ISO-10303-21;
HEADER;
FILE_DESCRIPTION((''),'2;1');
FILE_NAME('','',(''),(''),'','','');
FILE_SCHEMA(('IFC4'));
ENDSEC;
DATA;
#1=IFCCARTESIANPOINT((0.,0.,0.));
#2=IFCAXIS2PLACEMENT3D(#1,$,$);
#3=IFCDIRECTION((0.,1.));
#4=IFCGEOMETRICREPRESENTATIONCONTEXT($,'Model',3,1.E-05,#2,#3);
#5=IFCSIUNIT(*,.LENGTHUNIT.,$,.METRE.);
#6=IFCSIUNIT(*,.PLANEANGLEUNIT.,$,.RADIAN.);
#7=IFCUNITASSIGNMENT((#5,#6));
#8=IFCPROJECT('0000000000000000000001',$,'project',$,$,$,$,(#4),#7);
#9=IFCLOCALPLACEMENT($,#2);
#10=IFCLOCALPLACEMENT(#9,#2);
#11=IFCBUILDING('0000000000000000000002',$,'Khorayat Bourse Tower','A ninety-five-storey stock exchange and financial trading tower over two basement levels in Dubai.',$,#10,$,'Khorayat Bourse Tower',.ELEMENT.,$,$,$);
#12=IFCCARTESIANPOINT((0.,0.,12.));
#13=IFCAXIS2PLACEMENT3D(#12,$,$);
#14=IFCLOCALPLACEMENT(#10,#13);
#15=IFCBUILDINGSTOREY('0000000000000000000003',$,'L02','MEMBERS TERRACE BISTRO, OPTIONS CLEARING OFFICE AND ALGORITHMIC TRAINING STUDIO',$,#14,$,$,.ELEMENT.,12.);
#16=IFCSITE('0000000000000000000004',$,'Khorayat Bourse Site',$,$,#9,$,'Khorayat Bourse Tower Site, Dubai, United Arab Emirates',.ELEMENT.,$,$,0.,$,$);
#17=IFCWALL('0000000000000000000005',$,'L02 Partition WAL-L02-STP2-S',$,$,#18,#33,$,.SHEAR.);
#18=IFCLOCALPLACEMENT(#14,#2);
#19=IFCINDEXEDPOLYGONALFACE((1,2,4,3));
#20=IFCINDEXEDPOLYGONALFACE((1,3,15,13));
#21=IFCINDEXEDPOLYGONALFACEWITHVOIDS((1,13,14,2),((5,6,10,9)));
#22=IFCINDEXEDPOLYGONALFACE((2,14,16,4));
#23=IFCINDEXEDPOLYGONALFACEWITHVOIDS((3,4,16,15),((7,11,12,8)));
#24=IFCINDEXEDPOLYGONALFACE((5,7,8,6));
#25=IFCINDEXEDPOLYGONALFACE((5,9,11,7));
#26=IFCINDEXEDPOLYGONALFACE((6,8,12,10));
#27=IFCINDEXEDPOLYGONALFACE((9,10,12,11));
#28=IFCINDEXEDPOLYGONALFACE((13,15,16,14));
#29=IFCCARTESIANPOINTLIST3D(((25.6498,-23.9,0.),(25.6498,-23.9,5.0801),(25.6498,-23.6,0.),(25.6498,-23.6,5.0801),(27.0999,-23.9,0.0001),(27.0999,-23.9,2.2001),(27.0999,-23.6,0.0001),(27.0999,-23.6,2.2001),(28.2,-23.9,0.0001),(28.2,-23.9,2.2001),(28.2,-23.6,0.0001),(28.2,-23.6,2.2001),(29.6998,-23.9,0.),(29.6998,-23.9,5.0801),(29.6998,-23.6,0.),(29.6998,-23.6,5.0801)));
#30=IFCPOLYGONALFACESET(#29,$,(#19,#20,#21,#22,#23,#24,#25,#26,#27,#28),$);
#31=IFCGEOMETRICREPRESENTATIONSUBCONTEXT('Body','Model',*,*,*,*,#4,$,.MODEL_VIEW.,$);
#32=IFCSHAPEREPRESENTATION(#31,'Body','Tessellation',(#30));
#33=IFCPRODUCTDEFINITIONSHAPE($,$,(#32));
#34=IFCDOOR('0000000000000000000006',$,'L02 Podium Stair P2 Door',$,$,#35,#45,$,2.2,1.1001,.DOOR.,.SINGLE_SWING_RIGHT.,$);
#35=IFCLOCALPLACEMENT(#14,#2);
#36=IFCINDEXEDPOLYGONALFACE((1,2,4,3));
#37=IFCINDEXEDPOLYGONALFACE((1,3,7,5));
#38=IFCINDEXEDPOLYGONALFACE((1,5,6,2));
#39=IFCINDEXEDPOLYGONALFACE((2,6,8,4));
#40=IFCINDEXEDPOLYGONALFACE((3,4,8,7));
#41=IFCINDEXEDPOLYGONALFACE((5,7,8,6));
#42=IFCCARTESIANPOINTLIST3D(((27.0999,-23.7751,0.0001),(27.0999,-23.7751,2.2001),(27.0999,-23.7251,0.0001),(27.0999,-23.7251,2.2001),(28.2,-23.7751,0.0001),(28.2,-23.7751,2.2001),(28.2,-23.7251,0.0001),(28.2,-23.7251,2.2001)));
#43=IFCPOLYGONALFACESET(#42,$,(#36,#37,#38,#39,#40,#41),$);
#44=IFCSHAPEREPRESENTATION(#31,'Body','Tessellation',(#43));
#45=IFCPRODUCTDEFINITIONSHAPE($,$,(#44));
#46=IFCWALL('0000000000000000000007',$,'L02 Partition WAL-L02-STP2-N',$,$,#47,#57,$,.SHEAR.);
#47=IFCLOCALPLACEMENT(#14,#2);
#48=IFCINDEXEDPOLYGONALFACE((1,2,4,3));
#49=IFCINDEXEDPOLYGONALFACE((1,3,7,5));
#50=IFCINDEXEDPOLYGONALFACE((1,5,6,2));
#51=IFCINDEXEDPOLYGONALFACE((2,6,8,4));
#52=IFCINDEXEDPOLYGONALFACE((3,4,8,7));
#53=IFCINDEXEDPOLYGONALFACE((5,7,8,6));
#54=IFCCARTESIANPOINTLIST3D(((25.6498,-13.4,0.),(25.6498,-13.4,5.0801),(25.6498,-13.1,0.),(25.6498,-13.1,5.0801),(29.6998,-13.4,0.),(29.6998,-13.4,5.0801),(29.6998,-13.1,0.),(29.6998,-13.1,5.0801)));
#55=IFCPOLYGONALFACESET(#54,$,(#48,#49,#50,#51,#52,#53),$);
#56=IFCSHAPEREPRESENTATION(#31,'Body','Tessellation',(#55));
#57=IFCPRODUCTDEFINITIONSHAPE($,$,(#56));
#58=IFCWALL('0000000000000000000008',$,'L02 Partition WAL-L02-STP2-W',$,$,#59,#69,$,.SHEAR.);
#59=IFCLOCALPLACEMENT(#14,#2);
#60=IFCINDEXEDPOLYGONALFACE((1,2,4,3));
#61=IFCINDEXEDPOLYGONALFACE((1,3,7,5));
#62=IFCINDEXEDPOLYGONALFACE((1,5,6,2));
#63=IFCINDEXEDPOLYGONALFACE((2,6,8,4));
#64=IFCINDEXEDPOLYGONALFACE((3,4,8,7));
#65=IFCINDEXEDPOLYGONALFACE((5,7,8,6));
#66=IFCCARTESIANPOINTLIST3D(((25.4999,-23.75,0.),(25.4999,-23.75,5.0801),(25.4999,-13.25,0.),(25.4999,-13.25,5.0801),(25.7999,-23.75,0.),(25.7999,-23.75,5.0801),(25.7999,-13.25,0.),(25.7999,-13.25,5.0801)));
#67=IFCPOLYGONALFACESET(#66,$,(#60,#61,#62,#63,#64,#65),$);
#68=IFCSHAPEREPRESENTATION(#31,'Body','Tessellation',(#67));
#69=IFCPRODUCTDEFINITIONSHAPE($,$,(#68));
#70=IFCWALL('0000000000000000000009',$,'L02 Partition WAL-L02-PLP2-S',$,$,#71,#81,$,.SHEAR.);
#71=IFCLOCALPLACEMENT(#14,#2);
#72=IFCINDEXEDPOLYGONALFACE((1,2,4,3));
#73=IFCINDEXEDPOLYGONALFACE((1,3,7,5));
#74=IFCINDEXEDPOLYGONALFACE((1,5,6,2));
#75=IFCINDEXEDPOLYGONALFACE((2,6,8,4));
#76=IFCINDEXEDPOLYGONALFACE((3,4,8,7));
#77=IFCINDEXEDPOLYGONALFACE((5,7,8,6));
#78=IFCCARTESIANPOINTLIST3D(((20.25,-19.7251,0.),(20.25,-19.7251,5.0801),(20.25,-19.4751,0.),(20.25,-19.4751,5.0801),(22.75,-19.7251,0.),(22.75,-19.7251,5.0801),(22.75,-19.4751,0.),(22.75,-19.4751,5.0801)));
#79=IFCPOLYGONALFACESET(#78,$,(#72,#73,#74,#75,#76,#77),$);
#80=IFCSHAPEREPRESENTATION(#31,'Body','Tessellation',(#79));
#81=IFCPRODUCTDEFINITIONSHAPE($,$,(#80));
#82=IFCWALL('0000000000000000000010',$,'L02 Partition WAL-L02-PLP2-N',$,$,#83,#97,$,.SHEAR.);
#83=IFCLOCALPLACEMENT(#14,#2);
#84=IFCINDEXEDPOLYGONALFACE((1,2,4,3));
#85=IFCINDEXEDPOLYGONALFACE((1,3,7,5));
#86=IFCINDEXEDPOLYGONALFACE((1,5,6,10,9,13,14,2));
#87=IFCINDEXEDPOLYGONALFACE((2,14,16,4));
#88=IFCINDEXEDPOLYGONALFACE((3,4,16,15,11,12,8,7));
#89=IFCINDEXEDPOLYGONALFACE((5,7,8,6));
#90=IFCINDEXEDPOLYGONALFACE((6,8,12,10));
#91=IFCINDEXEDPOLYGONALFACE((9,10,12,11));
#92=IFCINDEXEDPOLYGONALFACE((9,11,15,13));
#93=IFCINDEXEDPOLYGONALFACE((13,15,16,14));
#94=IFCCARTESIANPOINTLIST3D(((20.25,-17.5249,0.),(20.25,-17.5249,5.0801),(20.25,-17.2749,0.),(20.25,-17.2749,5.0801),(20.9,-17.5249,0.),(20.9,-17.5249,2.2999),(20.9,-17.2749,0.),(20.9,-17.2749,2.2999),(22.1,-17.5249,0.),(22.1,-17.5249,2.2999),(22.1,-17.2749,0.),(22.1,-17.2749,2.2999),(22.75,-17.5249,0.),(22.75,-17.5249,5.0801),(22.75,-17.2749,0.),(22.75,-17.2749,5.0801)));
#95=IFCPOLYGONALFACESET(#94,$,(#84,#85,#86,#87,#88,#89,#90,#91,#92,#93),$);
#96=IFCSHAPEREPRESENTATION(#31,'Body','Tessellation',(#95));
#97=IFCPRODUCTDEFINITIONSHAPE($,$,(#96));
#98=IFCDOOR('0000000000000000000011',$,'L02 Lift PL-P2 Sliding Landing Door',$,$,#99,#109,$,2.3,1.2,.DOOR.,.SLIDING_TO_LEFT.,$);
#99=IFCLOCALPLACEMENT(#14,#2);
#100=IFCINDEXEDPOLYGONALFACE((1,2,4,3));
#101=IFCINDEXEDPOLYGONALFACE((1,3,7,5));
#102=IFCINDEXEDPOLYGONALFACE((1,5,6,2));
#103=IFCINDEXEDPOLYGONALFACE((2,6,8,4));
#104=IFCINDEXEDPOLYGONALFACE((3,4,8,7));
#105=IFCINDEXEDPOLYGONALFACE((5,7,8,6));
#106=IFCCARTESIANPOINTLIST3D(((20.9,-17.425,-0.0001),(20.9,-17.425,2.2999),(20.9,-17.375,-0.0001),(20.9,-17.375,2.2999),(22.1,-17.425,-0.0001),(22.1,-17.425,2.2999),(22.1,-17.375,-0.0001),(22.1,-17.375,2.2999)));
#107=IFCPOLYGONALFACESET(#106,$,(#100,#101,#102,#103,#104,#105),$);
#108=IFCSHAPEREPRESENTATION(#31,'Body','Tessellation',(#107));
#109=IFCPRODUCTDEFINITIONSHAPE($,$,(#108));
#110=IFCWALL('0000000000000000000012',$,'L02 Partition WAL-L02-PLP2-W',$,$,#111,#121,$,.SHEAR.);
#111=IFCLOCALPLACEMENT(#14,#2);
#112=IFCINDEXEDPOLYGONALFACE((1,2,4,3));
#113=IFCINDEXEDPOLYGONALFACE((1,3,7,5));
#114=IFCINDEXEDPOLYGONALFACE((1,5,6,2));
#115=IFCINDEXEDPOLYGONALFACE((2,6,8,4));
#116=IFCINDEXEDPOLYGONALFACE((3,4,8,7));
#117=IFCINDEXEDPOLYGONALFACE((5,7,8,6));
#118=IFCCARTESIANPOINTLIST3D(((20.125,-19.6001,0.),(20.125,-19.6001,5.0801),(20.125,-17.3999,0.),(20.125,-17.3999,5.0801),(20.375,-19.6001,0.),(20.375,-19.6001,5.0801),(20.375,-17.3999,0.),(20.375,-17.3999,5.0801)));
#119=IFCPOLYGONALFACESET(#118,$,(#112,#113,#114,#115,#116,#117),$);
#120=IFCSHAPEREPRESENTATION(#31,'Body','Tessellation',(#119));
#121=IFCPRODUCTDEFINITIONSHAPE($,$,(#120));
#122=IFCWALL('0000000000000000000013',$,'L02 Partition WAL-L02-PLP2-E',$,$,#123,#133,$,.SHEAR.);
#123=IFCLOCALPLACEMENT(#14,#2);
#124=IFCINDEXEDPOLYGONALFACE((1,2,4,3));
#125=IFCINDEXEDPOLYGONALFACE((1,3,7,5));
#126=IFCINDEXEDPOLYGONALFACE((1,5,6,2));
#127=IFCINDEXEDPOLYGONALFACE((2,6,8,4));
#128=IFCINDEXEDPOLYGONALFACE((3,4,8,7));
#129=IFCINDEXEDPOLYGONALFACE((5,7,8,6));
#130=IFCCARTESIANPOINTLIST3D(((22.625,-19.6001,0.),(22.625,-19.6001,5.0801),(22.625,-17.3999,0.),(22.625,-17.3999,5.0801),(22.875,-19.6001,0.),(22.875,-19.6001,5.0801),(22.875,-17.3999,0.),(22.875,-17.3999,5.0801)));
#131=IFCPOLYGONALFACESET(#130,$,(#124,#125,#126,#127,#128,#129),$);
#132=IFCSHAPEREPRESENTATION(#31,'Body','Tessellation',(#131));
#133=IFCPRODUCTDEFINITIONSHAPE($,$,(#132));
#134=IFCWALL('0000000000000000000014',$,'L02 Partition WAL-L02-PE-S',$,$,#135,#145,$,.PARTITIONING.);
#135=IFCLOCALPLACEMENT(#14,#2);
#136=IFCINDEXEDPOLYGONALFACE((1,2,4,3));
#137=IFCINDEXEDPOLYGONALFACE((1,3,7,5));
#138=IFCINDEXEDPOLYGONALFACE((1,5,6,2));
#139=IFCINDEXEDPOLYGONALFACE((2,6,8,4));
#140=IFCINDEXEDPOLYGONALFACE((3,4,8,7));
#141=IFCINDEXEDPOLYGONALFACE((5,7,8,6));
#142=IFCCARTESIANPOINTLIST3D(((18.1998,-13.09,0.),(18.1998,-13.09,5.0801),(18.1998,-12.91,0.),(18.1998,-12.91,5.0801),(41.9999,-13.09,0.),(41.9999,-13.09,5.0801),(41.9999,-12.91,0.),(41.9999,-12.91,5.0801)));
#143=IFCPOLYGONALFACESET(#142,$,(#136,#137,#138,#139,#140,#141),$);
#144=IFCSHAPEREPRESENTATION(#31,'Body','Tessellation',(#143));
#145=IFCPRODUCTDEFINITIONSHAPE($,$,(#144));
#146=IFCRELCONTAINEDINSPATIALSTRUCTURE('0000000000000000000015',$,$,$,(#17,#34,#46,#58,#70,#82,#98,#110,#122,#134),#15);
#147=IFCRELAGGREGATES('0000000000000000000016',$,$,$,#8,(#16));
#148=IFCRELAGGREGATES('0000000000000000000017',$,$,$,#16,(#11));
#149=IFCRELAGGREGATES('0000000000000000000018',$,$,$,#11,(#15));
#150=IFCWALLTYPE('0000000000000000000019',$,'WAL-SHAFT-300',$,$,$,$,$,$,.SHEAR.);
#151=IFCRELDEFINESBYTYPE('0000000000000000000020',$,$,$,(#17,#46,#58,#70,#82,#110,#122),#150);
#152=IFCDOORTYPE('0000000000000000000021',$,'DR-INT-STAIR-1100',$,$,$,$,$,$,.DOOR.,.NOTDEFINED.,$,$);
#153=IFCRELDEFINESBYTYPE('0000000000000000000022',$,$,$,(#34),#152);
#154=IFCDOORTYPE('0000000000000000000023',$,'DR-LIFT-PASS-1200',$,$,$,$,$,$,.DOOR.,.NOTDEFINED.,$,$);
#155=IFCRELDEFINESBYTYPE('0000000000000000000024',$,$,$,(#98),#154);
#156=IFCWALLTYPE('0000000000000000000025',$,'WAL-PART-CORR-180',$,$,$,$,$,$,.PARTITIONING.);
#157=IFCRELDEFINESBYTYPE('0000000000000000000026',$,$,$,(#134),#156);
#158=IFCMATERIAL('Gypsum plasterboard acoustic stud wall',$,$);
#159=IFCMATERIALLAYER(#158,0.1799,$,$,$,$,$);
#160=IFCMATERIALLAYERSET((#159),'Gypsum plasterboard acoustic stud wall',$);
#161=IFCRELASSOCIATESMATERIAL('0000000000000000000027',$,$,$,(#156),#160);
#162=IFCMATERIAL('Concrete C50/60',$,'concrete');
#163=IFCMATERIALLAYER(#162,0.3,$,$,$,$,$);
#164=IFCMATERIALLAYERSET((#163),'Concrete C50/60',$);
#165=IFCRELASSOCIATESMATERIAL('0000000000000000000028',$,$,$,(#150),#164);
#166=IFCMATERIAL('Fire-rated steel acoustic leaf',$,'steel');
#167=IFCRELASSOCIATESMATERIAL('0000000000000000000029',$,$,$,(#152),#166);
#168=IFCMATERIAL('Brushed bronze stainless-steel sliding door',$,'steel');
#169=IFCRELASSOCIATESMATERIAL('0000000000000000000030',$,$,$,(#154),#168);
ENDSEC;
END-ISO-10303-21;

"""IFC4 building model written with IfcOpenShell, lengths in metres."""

from ifc_helpers import new_model, si_unit, direction, frame, frame_2d, origin, place, context, subcontext, project, spatial, rectangle, extrude, source, transform, mapped, material, layer, layer_set, type_object, element, fill, save


model = new_model("IFC4")

# Units and contexts
model_context = context("Model", 3, precision=1e-05, world=origin(), true_north=direction((0.0, 1.0)))
body_context = subcontext(model_context, "Body", "Model", "MODEL_VIEW")
ifc_project = project(units=[si_unit("LENGTHUNIT", "METRE"), si_unit("PLANEANGLEUNIT", "RADIAN")], contexts=[model_context])

# Site, building, storey
site_placement = place(None, origin())
site = spatial("IfcSite", under=ifc_project, at=site_placement, Name="Khorayat Bourse Site", LongName="Khorayat Bourse Tower Site, Dubai, United Arab Emirates", CompositionType="ELEMENT", RefElevation=0.0)
building_placement = place(site_placement, origin())
building = spatial("IfcBuilding", under=site, at=building_placement, Name="Khorayat Bourse Tower", Description="A ninety-five-storey stock exchange and financial trading tower over two basement levels in Dubai.", LongName="Khorayat Bourse Tower", CompositionType="ELEMENT")
storey_placement = place(building_placement, frame((0.0, 0.0, 12.0)))
storey = spatial("IfcBuildingStorey", under=building, at=storey_placement, Name="L02", Description="MEMBERS TERRACE BISTRO, OPTIONS CLEARING OFFICE AND ALGORITHMIC TRAINING STUDIO", CompositionType="ELEMENT", Elevation=12.0)

# Shared definitions
ifc_material_1 = material(Name="Gypsum plasterboard acoustic stud wall")
ifc_layer_1 = layer(ifc_material_1, 0.1799)
ifc_layer_set_1 = layer_set([ifc_layer_1], Name="Gypsum plasterboard acoustic stud wall")
wall_type_1 = type_object("IfcWallType", Name="WAL-PART-CORR-180", PredefinedType="PARTITIONING", material=ifc_layer_set_1)

# Wall, opening, door
ifc_material_2 = material(Name="Concrete C50/60", Category="concrete")
ifc_layer_2 = layer(ifc_material_2, 0.3)
ifc_layer_set_2 = layer_set([ifc_layer_2], Name="Concrete C50/60")
wall_type_2 = type_object("IfcWallType", Name="WAL-SHAFT-300", PredefinedType="SHEAR", material=ifc_layer_set_2)
shared_shape_1 = source(origin(), body_context, "Body", "SweptSolid", [
    extrude(rectangle(XDim=4.05, YDim=0.3, at=frame_2d((2.0249, 0.0))), origin(), (0.0, 0.0, 1.0), 5.0801),
])
wall_1_placement = place(storey_placement, frame((25.6499, -23.75, 0.0), z_axis=(0.0, 0.0, 1.0), x_axis=(1.0, 0.0, 0.0)))
wall_1 = element("IfcWall", 1, at=wall_1_placement, inside=storey, type_object=wall_type_2, Name="L02 Partition WAL-L02-STP2-S", PredefinedType="SHEAR", context=body_context, shape_type="MappedRepresentation", body=[
    mapped(shared_shape_1, transform((0.0, 0.0, 0.0), scale=1.0)),
])
shared_shape_2 = source(origin(), body_context, "Body", "SweptSolid", [
    extrude(rectangle(XDim=1.1001, YDim=2.2, at=frame_2d((0.55, 1.1001))), frame((0.0, 0.1599, 0.0), z_axis=(0.0, -1.0, 0.0), x_axis=(1.0, 0.0, 0.0)), (0.0, 0.0, 1.0), 0.3201),
])
opening_1_placement = place(wall_1_placement, frame((1.45, 0.0, 0.0)))
opening_1 = element("IfcOpeningElement", 2, at=opening_1_placement, cuts=wall_1, PredefinedType="OPENING", context=body_context, shape_type="MappedRepresentation", body=[
    mapped(shared_shape_2, transform((0.0, 0.0, 0.0), scale=1.0)),
])
ifc_material_3 = material(Name="Fire-rated steel acoustic leaf", Category="steel")
door_type_1 = type_object("IfcDoorType", Name="DR-INT-STAIR-1100", OperationType="NOTDEFINED", PredefinedType="DOOR", material=ifc_material_3)
shared_shape_3 = source(origin(), body_context, "Body", "SweptSolid", [
    extrude(rectangle(XDim=1.1001, YDim=2.2, at=frame_2d((0.55, 1.1001))), frame((0.0, 0.0249, 0.0), z_axis=(0.0, -1.0, 0.0), x_axis=(1.0, 0.0, 0.0)), (0.0, 0.0, 1.0), 0.05),
])
door_1_placement = place(opening_1_placement, origin())
door_1 = element("IfcDoor", 3, at=door_1_placement, inside=storey, type_object=door_type_1, Name="L02 Podium Stair P2 Door", OperationType="SINGLE_SWING_RIGHT", OverallHeight=2.2, OverallWidth=1.1001, PredefinedType="DOOR", context=body_context, shape_type="MappedRepresentation", body=[
    mapped(shared_shape_3, transform((0.0, 0.0, 0.0), scale=1.0)),
])
fill(opening_1, door_1)

# Walls
wall_2_placement = place(storey_placement, frame((25.6499, -13.25, 0.0), z_axis=(0.0, 0.0, 1.0), x_axis=(1.0, 0.0, 0.0)))
element("IfcWall", 4, at=wall_2_placement, inside=storey, type_object=wall_type_2, Name="L02 Partition WAL-L02-STP2-N", PredefinedType="SHEAR", context=body_context, shape_type="MappedRepresentation", body=[
    mapped(shared_shape_1, transform((0.0, 0.0, 0.0), scale=1.0)),
])
shared_shape_4 = source(origin(), body_context, "Body", "SweptSolid", [
    extrude(rectangle(XDim=10.5, YDim=0.3, at=frame_2d((5.25, 0.0))), origin(), (0.0, 0.0, 1.0), 5.0801),
])
wall_3_placement = place(storey_placement, frame((25.6499, -23.75, 0.0), z_axis=(0.0, 0.0, 1.0), x_axis=(0.0, 1.0, 0.0)))
element("IfcWall", 5, at=wall_3_placement, inside=storey, type_object=wall_type_2, Name="L02 Partition WAL-L02-STP2-W", PredefinedType="SHEAR", context=body_context, shape_type="MappedRepresentation", body=[
    mapped(shared_shape_4, transform((0.0, 0.0, 0.0), scale=1.0)),
])
shared_shape_5 = source(origin(), body_context, "Body", "SweptSolid", [
    extrude(rectangle(XDim=2.5, YDim=0.25, at=frame_2d((1.25, 0.0))), origin(), (0.0, 0.0, 1.0), 5.0801),
])
wall_4_placement = place(storey_placement, frame((20.25, -19.6001, 0.0), z_axis=(0.0, 0.0, 1.0), x_axis=(1.0, 0.0, 0.0)))
element("IfcWall", 6, at=wall_4_placement, inside=storey, type_object=wall_type_2, Name="L02 Partition WAL-L02-PLP2-S", PredefinedType="SHEAR", context=body_context, shape_type="MappedRepresentation", body=[
    mapped(shared_shape_5, transform((0.0, 0.0, 0.0), scale=1.0)),
])

# Wall, opening, door
wall_5_placement = place(storey_placement, frame((20.25, -17.3999, 0.0), z_axis=(0.0, 0.0, 1.0), x_axis=(1.0, 0.0, 0.0)))
wall_5 = element("IfcWall", 7, at=wall_5_placement, inside=storey, type_object=wall_type_2, Name="L02 Partition WAL-L02-PLP2-N", PredefinedType="SHEAR", context=body_context, shape_type="MappedRepresentation", body=[
    mapped(shared_shape_5, transform((0.0, 0.0, 0.0), scale=1.0)),
])
shared_shape_6 = source(origin(), body_context, "Body", "SweptSolid", [
    extrude(rectangle(XDim=1.2, YDim=2.3, at=frame_2d((0.6001, 1.1499))), frame((0.0, 0.135, 0.0), z_axis=(0.0, -1.0, 0.0), x_axis=(1.0, 0.0, 0.0)), (0.0, 0.0, 1.0), 0.27),
])
opening_2_placement = place(wall_5_placement, frame((0.6499, 0.0, 0.0)))
opening_2 = element("IfcOpeningElement", 8, at=opening_2_placement, cuts=wall_5, PredefinedType="OPENING", context=body_context, shape_type="MappedRepresentation", body=[
    mapped(shared_shape_6, transform((0.0, 0.0, 0.0), scale=1.0)),
])
ifc_material_4 = material(Name="Brushed bronze stainless-steel sliding door", Category="steel")
door_type_2 = type_object("IfcDoorType", Name="DR-LIFT-PASS-1200", OperationType="NOTDEFINED", PredefinedType="DOOR", material=ifc_material_4)
shared_shape_7 = source(origin(), body_context, "Body", "SweptSolid", [
    extrude(rectangle(XDim=1.2, YDim=2.3, at=frame_2d((0.6001, 1.1499))), frame((0.0, 0.0249, 0.0), z_axis=(0.0, -1.0, 0.0), x_axis=(1.0, 0.0, 0.0)), (0.0, 0.0, 1.0), 0.05),
])
door_2_placement = place(opening_2_placement, origin())
door_2 = element("IfcDoor", 9, at=door_2_placement, inside=storey, type_object=door_type_2, Name="L02 Lift PL-P2 Sliding Landing Door", OperationType="SLIDING_TO_LEFT", OverallHeight=2.3, OverallWidth=1.2, PredefinedType="DOOR", context=body_context, shape_type="MappedRepresentation", body=[
    mapped(shared_shape_7, transform((0.0, 0.0, 0.0), scale=1.0)),
])
fill(opening_2, door_2)

# Walls
shared_shape_8 = source(origin(), body_context, "Body", "SweptSolid", [
    extrude(rectangle(XDim=2.2002, YDim=0.25, at=frame_2d((1.1001, 0.0))), origin(), (0.0, 0.0, 1.0), 5.0801),
])
for number, where, z_axis, x_axis, name in (
    (10, (20.25, -19.6001, 0.0), (0.0, 0.0, 1.0), (0.0, 1.0, 0.0), "L02 Partition WAL-L02-PLP2-W"),
    (11, (22.75, -19.6001, 0.0), (0.0, 0.0, 1.0), (0.0, 1.0, 0.0), "L02 Partition WAL-L02-PLP2-E"),
):
    element("IfcWall", number, at=place(storey_placement, frame(where, z_axis=z_axis, x_axis=x_axis)), inside=storey, type_object=wall_type_2, Name=name, PredefinedType="SHEAR", context=body_context, shape_type="MappedRepresentation", body=[
        mapped(shared_shape_8, transform((0.0, 0.0, 0.0), scale=1.0)),
    ])
shared_shape_9 = source(origin(), body_context, "Body", "SweptSolid", [
    extrude(rectangle(XDim=23.8, YDim=0.1799, at=frame_2d((11.8999, 0.0))), origin(), (0.0, 0.0, 1.0), 5.0801),
])
wall_6_placement = place(storey_placement, frame((18.2, -13.0, 0.0), z_axis=(0.0, 0.0, 1.0), x_axis=(1.0, 0.0, 0.0)))
element("IfcWall", 12, at=wall_6_placement, inside=storey, type_object=wall_type_1, Name="L02 Partition WAL-L02-PE-S", PredefinedType="PARTITIONING", context=body_context, shape_type="MappedRepresentation", body=[
    mapped(shared_shape_9, transform((0.0, 0.0, 0.0), scale=1.0)),
])

save(model, "model.ifc")
